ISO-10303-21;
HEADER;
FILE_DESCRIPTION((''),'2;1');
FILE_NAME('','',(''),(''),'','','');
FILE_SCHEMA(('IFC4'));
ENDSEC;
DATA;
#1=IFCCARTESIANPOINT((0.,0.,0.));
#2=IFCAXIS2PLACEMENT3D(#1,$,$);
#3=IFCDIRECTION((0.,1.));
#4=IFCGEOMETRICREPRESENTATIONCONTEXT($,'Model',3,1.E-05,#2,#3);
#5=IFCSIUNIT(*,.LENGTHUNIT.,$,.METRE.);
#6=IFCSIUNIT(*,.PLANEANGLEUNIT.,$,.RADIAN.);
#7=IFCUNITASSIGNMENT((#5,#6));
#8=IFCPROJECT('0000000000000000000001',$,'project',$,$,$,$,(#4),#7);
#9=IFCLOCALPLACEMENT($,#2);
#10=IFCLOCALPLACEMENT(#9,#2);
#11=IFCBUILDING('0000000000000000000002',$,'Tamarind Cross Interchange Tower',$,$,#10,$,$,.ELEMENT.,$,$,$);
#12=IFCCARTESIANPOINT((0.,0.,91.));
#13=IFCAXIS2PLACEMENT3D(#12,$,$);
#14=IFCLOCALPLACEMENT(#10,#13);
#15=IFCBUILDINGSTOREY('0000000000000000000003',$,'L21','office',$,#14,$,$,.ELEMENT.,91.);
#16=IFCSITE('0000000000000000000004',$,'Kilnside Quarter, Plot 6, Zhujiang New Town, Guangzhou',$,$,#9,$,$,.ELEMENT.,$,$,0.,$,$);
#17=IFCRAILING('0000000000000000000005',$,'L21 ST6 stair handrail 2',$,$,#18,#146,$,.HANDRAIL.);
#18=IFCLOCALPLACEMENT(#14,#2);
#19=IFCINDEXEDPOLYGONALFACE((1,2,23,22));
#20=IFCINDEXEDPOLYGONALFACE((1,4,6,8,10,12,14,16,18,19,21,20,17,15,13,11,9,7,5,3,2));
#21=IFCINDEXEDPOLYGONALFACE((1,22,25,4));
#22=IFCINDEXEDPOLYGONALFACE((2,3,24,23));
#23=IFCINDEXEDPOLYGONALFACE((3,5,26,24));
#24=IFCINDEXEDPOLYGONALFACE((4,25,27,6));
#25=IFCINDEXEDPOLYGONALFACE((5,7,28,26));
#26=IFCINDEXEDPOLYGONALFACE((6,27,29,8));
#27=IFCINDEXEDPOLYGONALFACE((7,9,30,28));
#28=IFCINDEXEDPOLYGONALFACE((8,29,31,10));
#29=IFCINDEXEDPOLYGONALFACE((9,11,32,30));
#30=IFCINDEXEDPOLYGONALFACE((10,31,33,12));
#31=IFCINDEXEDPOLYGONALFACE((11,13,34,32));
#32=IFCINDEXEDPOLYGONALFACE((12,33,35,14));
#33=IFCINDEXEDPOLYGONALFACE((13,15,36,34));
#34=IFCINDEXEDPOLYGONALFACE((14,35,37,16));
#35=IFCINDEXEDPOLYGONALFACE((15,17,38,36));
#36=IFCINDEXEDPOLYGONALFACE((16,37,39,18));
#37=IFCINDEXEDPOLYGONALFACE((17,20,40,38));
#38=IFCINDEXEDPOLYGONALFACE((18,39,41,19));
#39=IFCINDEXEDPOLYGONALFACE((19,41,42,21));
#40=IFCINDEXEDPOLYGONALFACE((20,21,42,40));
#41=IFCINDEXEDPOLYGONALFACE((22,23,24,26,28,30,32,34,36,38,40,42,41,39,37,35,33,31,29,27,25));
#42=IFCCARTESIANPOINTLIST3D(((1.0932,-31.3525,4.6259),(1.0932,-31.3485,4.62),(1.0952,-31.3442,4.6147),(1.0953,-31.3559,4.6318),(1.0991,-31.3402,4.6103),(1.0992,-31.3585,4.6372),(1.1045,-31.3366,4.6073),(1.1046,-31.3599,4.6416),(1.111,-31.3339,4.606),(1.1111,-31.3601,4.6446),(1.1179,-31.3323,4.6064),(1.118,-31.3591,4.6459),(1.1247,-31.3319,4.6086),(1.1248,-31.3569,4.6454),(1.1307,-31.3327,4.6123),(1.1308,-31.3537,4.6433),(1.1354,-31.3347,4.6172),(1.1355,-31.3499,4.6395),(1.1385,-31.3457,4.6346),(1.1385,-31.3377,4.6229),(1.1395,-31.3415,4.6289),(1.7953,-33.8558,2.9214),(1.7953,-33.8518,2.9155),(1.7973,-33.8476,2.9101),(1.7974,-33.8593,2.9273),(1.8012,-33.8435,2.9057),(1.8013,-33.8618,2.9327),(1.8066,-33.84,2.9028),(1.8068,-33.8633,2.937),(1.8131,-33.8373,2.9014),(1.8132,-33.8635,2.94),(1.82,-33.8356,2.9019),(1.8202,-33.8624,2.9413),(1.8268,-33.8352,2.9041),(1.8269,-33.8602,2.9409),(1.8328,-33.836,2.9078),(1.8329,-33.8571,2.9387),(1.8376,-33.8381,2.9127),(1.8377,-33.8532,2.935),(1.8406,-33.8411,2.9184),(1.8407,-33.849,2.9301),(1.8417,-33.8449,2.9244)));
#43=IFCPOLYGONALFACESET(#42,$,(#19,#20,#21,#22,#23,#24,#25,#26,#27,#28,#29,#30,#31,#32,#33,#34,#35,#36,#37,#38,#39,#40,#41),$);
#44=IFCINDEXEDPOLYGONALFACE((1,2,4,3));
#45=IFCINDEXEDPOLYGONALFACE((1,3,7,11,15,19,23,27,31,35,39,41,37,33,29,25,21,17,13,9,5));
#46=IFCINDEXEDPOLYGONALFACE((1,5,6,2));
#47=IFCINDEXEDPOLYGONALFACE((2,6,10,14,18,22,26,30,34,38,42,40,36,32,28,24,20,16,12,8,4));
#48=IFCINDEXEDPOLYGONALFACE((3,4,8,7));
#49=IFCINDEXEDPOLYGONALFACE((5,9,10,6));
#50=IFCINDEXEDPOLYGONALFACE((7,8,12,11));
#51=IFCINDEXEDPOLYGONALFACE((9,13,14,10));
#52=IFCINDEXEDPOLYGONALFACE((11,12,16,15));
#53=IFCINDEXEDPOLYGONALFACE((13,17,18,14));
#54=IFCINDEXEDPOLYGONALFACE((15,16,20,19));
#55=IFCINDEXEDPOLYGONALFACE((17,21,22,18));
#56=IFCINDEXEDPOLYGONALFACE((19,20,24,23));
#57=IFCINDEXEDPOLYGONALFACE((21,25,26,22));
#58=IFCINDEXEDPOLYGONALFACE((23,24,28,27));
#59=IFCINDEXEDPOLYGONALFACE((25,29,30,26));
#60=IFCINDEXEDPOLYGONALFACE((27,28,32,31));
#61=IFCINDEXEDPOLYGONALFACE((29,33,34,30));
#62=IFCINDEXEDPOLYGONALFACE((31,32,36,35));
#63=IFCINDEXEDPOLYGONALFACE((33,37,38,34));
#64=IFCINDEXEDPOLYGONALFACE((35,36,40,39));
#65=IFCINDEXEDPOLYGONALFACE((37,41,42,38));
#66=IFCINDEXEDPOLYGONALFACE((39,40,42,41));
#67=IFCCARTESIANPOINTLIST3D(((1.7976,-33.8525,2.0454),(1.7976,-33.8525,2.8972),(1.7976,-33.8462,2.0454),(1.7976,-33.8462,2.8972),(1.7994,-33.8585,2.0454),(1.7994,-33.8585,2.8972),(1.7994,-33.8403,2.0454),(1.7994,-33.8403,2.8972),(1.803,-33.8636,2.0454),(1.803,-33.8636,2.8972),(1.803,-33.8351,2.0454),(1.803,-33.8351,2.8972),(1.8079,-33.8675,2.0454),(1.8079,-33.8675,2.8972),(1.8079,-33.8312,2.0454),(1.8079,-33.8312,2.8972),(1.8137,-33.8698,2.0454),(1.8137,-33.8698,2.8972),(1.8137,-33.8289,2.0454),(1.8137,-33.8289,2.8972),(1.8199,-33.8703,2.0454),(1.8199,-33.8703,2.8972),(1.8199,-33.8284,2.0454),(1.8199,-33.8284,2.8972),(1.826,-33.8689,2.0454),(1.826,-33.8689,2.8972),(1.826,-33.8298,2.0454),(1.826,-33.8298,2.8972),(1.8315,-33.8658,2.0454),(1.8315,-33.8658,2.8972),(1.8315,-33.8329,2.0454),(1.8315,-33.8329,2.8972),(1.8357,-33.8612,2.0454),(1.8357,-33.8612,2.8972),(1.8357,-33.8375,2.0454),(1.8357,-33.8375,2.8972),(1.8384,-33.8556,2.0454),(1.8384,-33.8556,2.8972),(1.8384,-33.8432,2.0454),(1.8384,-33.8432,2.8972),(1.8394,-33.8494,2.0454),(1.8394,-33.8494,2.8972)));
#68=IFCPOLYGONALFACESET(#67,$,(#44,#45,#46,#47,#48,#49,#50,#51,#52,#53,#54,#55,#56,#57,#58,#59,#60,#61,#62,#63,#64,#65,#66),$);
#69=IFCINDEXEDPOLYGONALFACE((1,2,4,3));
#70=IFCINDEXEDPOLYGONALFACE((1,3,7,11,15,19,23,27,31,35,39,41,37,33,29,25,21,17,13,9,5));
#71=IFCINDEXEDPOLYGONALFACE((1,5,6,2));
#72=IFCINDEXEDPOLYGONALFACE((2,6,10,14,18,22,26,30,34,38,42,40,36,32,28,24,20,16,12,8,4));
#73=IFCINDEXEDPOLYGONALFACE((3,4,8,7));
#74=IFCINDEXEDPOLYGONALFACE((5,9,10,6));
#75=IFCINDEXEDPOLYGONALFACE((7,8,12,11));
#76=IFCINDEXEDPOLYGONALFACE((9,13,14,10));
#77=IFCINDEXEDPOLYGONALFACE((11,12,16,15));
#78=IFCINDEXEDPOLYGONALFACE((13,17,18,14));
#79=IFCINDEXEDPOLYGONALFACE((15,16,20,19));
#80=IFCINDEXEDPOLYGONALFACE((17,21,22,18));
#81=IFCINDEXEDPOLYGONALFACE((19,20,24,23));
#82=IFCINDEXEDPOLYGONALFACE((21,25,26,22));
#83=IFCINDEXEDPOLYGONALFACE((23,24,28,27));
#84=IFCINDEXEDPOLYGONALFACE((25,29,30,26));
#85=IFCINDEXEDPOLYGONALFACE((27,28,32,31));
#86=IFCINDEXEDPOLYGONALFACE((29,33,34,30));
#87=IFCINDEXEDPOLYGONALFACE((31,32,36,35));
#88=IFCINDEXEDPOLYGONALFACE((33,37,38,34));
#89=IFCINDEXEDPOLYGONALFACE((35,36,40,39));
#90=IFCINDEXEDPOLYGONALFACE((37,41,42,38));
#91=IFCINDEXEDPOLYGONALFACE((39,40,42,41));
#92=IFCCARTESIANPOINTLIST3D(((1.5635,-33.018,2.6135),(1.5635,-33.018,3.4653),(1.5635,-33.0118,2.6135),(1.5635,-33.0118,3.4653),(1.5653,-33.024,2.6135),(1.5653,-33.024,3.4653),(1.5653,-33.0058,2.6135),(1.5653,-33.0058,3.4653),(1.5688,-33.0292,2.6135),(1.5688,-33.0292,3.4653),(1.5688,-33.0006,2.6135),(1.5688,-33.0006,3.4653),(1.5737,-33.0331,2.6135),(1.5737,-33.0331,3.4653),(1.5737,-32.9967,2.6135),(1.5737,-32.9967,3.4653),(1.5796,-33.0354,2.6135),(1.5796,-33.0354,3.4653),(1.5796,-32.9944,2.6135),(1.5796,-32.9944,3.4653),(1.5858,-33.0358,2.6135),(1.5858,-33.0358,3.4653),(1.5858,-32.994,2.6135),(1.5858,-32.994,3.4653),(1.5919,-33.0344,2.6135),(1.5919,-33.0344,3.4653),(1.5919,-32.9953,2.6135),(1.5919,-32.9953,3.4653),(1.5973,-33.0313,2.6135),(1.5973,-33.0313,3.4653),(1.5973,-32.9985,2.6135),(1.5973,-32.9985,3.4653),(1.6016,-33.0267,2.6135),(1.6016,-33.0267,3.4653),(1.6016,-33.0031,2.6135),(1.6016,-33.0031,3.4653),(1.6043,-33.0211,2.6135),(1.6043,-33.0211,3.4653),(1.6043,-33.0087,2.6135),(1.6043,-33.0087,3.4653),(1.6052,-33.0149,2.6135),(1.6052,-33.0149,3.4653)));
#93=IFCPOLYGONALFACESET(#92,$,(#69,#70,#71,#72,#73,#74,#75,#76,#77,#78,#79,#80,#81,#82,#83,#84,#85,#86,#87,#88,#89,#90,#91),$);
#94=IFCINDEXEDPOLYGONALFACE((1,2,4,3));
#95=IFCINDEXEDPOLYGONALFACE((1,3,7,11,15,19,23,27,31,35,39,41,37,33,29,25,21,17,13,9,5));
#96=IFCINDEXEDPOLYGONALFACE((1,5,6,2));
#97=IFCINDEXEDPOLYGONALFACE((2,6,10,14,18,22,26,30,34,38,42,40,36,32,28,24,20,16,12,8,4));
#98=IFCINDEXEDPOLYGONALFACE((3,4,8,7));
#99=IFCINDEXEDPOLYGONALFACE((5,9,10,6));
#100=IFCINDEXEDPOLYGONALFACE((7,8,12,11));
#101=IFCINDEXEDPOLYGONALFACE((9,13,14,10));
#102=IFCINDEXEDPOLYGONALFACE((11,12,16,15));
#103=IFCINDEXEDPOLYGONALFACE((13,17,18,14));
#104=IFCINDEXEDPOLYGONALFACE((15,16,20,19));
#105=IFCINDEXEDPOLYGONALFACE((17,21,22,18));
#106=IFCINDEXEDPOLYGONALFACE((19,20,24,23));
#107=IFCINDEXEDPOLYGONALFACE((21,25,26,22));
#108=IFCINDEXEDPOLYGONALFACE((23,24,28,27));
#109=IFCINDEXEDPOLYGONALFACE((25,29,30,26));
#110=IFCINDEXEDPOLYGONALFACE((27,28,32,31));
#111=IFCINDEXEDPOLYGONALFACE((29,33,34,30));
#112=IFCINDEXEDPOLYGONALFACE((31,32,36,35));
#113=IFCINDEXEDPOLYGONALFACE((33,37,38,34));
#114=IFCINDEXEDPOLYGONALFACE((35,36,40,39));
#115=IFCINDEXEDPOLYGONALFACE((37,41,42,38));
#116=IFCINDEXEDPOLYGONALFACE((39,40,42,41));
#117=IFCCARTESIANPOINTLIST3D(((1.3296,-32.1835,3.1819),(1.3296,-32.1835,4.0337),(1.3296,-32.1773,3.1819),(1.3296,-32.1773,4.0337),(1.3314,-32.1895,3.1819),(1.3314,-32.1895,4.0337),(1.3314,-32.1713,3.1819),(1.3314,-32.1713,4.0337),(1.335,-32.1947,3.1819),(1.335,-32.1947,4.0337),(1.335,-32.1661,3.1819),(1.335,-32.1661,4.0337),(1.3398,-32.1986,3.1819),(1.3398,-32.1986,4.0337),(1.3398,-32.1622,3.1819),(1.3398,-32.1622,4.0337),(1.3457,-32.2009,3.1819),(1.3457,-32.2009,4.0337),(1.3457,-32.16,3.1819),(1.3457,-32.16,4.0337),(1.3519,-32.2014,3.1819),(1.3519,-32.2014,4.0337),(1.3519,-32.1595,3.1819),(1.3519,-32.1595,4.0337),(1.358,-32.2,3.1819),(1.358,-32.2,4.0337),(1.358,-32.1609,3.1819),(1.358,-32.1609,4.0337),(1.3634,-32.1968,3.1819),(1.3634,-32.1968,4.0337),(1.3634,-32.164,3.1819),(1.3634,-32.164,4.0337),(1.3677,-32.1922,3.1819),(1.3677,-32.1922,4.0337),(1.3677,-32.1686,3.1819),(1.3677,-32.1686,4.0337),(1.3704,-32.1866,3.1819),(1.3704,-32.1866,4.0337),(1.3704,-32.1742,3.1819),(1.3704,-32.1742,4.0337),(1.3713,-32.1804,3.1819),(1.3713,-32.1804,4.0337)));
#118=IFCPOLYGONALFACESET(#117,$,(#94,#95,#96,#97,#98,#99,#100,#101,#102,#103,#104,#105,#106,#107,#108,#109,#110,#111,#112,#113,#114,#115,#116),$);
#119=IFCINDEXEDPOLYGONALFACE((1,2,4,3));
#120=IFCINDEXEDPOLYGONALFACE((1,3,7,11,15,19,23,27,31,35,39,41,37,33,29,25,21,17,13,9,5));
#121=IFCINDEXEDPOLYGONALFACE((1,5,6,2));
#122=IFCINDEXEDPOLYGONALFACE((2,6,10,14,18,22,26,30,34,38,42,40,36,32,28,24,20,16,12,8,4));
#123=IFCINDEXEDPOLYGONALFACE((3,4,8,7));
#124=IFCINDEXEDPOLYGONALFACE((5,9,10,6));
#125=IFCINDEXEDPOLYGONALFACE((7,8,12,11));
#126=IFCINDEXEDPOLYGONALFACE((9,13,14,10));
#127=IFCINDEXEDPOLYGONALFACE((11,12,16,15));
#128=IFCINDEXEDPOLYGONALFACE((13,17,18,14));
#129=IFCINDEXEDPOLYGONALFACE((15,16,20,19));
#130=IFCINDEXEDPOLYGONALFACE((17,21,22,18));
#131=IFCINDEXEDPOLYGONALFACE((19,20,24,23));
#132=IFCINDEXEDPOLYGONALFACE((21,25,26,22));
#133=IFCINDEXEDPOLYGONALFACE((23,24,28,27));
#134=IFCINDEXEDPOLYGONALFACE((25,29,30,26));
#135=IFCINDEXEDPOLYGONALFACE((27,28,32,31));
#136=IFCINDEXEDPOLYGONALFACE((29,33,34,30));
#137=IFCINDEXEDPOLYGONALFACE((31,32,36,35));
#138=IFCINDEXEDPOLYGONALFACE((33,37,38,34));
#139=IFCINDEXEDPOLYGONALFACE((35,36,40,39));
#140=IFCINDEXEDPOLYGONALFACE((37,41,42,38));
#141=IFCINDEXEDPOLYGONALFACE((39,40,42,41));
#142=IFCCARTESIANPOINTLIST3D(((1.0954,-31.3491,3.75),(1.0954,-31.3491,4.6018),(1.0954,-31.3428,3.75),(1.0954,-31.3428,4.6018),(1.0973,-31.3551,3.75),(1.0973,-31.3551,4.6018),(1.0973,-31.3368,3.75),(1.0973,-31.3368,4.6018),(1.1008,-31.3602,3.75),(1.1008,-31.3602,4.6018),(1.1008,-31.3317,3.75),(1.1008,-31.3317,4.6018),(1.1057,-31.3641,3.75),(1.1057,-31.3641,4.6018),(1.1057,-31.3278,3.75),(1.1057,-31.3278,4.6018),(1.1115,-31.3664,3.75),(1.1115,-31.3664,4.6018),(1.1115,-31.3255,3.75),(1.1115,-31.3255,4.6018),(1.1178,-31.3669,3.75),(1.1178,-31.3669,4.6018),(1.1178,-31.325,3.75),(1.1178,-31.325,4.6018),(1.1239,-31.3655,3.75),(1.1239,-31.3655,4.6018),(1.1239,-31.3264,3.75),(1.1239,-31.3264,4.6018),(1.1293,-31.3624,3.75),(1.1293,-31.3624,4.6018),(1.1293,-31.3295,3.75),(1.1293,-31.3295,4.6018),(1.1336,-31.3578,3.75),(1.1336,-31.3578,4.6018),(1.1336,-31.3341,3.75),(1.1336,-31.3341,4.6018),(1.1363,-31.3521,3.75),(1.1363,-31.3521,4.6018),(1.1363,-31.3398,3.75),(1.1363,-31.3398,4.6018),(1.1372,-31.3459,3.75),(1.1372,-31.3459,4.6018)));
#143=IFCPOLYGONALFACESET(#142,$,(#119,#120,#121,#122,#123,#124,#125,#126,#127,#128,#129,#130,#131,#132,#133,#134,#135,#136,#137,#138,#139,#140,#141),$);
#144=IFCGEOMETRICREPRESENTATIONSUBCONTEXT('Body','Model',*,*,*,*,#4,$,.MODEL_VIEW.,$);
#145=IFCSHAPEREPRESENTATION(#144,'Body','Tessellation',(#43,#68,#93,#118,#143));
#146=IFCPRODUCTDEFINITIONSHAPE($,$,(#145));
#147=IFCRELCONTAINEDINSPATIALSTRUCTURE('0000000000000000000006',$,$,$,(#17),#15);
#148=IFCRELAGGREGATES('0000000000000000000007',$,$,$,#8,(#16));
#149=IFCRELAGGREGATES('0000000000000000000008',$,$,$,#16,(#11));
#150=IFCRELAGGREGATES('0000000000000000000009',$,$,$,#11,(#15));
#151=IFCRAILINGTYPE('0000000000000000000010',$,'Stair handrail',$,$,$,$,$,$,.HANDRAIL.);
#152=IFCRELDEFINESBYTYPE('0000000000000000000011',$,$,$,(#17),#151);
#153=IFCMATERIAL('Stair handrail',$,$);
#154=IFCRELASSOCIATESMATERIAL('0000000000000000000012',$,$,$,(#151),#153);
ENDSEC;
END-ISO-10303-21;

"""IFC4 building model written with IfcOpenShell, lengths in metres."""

from ifc_helpers import new_model, si_unit, direction, frame, origin, origin_2d, place, context, subcontext, project, spatial, circle, extrude, material, type_object, element, save


model = new_model("IFC4")

# Units and contexts
model_context = context("Model", 3, precision=1e-05, world=origin(), true_north=direction((0.0, 1.0)))
body_context = subcontext(model_context, "Body", "Model", "MODEL_VIEW")
ifc_project = project(units=[si_unit("LENGTHUNIT", "METRE"), si_unit("PLANEANGLEUNIT", "RADIAN")], contexts=[model_context])

# Site, building, storey
site_placement = place(None, origin())
site = spatial("IfcSite", under=ifc_project, at=site_placement, Name="Kilnside Quarter, Plot 6, Zhujiang New Town, Guangzhou", CompositionType="ELEMENT", RefElevation=0.0)
building_placement = place(site_placement, origin())
building = spatial("IfcBuilding", under=site, at=building_placement, Name="Tamarind Cross Interchange Tower", CompositionType="ELEMENT")
storey_placement = place(building_placement, frame((0.0, 0.0, 91.0)))
storey = spatial("IfcBuildingStorey", under=building, at=storey_placement, Name="L21", Description="office", CompositionType="ELEMENT", Elevation=91.0)

# Railing
ifc_material_1 = material(Name="Stair handrail")
railing_type_1 = type_object("IfcRailingType", Name="Stair handrail", PredefinedType="HANDRAIL", material=ifc_material_1)
railing_1_placement = place(storey_placement, frame((1.8184, -33.8494, 2.0454)))
element("IfcRailing", 1, at=railing_1_placement, inside=storey, type_object=railing_type_1, Name="L21 ST6 stair handrail 2", PredefinedType="HANDRAIL", context=body_context, shape_type="SweptSolid", body=[
    extrude(circle(Radius=0.0239, at=origin_2d()), frame((0.0, 0.0, 0.876), z_axis=(-0.225845, 0.805222, 0.54828), x_axis=(-0.962845, -0.270055, 0.0)), (0.0, 0.0, 1.0), 3.1089),
    extrude(circle(Radius=0.021, at=origin_2d()), origin(), (0.0, 0.0, 1.0), 0.8518),
    extrude(circle(Radius=0.021, at=origin_2d()), frame((-0.2341, 0.8345, 0.5681)), (0.0, 0.0, 1.0), 0.8518),
    extrude(circle(Radius=0.021, at=origin_2d()), frame((-0.468, 1.6689, 1.1365)), (0.0, 0.0, 1.0), 0.8518),
    extrude(circle(Radius=0.021, at=origin_2d()), frame((-0.7021, 2.5034, 1.7046)), (0.0, 0.0, 1.0), 0.8518),
])

save(model, "model.ifc")
